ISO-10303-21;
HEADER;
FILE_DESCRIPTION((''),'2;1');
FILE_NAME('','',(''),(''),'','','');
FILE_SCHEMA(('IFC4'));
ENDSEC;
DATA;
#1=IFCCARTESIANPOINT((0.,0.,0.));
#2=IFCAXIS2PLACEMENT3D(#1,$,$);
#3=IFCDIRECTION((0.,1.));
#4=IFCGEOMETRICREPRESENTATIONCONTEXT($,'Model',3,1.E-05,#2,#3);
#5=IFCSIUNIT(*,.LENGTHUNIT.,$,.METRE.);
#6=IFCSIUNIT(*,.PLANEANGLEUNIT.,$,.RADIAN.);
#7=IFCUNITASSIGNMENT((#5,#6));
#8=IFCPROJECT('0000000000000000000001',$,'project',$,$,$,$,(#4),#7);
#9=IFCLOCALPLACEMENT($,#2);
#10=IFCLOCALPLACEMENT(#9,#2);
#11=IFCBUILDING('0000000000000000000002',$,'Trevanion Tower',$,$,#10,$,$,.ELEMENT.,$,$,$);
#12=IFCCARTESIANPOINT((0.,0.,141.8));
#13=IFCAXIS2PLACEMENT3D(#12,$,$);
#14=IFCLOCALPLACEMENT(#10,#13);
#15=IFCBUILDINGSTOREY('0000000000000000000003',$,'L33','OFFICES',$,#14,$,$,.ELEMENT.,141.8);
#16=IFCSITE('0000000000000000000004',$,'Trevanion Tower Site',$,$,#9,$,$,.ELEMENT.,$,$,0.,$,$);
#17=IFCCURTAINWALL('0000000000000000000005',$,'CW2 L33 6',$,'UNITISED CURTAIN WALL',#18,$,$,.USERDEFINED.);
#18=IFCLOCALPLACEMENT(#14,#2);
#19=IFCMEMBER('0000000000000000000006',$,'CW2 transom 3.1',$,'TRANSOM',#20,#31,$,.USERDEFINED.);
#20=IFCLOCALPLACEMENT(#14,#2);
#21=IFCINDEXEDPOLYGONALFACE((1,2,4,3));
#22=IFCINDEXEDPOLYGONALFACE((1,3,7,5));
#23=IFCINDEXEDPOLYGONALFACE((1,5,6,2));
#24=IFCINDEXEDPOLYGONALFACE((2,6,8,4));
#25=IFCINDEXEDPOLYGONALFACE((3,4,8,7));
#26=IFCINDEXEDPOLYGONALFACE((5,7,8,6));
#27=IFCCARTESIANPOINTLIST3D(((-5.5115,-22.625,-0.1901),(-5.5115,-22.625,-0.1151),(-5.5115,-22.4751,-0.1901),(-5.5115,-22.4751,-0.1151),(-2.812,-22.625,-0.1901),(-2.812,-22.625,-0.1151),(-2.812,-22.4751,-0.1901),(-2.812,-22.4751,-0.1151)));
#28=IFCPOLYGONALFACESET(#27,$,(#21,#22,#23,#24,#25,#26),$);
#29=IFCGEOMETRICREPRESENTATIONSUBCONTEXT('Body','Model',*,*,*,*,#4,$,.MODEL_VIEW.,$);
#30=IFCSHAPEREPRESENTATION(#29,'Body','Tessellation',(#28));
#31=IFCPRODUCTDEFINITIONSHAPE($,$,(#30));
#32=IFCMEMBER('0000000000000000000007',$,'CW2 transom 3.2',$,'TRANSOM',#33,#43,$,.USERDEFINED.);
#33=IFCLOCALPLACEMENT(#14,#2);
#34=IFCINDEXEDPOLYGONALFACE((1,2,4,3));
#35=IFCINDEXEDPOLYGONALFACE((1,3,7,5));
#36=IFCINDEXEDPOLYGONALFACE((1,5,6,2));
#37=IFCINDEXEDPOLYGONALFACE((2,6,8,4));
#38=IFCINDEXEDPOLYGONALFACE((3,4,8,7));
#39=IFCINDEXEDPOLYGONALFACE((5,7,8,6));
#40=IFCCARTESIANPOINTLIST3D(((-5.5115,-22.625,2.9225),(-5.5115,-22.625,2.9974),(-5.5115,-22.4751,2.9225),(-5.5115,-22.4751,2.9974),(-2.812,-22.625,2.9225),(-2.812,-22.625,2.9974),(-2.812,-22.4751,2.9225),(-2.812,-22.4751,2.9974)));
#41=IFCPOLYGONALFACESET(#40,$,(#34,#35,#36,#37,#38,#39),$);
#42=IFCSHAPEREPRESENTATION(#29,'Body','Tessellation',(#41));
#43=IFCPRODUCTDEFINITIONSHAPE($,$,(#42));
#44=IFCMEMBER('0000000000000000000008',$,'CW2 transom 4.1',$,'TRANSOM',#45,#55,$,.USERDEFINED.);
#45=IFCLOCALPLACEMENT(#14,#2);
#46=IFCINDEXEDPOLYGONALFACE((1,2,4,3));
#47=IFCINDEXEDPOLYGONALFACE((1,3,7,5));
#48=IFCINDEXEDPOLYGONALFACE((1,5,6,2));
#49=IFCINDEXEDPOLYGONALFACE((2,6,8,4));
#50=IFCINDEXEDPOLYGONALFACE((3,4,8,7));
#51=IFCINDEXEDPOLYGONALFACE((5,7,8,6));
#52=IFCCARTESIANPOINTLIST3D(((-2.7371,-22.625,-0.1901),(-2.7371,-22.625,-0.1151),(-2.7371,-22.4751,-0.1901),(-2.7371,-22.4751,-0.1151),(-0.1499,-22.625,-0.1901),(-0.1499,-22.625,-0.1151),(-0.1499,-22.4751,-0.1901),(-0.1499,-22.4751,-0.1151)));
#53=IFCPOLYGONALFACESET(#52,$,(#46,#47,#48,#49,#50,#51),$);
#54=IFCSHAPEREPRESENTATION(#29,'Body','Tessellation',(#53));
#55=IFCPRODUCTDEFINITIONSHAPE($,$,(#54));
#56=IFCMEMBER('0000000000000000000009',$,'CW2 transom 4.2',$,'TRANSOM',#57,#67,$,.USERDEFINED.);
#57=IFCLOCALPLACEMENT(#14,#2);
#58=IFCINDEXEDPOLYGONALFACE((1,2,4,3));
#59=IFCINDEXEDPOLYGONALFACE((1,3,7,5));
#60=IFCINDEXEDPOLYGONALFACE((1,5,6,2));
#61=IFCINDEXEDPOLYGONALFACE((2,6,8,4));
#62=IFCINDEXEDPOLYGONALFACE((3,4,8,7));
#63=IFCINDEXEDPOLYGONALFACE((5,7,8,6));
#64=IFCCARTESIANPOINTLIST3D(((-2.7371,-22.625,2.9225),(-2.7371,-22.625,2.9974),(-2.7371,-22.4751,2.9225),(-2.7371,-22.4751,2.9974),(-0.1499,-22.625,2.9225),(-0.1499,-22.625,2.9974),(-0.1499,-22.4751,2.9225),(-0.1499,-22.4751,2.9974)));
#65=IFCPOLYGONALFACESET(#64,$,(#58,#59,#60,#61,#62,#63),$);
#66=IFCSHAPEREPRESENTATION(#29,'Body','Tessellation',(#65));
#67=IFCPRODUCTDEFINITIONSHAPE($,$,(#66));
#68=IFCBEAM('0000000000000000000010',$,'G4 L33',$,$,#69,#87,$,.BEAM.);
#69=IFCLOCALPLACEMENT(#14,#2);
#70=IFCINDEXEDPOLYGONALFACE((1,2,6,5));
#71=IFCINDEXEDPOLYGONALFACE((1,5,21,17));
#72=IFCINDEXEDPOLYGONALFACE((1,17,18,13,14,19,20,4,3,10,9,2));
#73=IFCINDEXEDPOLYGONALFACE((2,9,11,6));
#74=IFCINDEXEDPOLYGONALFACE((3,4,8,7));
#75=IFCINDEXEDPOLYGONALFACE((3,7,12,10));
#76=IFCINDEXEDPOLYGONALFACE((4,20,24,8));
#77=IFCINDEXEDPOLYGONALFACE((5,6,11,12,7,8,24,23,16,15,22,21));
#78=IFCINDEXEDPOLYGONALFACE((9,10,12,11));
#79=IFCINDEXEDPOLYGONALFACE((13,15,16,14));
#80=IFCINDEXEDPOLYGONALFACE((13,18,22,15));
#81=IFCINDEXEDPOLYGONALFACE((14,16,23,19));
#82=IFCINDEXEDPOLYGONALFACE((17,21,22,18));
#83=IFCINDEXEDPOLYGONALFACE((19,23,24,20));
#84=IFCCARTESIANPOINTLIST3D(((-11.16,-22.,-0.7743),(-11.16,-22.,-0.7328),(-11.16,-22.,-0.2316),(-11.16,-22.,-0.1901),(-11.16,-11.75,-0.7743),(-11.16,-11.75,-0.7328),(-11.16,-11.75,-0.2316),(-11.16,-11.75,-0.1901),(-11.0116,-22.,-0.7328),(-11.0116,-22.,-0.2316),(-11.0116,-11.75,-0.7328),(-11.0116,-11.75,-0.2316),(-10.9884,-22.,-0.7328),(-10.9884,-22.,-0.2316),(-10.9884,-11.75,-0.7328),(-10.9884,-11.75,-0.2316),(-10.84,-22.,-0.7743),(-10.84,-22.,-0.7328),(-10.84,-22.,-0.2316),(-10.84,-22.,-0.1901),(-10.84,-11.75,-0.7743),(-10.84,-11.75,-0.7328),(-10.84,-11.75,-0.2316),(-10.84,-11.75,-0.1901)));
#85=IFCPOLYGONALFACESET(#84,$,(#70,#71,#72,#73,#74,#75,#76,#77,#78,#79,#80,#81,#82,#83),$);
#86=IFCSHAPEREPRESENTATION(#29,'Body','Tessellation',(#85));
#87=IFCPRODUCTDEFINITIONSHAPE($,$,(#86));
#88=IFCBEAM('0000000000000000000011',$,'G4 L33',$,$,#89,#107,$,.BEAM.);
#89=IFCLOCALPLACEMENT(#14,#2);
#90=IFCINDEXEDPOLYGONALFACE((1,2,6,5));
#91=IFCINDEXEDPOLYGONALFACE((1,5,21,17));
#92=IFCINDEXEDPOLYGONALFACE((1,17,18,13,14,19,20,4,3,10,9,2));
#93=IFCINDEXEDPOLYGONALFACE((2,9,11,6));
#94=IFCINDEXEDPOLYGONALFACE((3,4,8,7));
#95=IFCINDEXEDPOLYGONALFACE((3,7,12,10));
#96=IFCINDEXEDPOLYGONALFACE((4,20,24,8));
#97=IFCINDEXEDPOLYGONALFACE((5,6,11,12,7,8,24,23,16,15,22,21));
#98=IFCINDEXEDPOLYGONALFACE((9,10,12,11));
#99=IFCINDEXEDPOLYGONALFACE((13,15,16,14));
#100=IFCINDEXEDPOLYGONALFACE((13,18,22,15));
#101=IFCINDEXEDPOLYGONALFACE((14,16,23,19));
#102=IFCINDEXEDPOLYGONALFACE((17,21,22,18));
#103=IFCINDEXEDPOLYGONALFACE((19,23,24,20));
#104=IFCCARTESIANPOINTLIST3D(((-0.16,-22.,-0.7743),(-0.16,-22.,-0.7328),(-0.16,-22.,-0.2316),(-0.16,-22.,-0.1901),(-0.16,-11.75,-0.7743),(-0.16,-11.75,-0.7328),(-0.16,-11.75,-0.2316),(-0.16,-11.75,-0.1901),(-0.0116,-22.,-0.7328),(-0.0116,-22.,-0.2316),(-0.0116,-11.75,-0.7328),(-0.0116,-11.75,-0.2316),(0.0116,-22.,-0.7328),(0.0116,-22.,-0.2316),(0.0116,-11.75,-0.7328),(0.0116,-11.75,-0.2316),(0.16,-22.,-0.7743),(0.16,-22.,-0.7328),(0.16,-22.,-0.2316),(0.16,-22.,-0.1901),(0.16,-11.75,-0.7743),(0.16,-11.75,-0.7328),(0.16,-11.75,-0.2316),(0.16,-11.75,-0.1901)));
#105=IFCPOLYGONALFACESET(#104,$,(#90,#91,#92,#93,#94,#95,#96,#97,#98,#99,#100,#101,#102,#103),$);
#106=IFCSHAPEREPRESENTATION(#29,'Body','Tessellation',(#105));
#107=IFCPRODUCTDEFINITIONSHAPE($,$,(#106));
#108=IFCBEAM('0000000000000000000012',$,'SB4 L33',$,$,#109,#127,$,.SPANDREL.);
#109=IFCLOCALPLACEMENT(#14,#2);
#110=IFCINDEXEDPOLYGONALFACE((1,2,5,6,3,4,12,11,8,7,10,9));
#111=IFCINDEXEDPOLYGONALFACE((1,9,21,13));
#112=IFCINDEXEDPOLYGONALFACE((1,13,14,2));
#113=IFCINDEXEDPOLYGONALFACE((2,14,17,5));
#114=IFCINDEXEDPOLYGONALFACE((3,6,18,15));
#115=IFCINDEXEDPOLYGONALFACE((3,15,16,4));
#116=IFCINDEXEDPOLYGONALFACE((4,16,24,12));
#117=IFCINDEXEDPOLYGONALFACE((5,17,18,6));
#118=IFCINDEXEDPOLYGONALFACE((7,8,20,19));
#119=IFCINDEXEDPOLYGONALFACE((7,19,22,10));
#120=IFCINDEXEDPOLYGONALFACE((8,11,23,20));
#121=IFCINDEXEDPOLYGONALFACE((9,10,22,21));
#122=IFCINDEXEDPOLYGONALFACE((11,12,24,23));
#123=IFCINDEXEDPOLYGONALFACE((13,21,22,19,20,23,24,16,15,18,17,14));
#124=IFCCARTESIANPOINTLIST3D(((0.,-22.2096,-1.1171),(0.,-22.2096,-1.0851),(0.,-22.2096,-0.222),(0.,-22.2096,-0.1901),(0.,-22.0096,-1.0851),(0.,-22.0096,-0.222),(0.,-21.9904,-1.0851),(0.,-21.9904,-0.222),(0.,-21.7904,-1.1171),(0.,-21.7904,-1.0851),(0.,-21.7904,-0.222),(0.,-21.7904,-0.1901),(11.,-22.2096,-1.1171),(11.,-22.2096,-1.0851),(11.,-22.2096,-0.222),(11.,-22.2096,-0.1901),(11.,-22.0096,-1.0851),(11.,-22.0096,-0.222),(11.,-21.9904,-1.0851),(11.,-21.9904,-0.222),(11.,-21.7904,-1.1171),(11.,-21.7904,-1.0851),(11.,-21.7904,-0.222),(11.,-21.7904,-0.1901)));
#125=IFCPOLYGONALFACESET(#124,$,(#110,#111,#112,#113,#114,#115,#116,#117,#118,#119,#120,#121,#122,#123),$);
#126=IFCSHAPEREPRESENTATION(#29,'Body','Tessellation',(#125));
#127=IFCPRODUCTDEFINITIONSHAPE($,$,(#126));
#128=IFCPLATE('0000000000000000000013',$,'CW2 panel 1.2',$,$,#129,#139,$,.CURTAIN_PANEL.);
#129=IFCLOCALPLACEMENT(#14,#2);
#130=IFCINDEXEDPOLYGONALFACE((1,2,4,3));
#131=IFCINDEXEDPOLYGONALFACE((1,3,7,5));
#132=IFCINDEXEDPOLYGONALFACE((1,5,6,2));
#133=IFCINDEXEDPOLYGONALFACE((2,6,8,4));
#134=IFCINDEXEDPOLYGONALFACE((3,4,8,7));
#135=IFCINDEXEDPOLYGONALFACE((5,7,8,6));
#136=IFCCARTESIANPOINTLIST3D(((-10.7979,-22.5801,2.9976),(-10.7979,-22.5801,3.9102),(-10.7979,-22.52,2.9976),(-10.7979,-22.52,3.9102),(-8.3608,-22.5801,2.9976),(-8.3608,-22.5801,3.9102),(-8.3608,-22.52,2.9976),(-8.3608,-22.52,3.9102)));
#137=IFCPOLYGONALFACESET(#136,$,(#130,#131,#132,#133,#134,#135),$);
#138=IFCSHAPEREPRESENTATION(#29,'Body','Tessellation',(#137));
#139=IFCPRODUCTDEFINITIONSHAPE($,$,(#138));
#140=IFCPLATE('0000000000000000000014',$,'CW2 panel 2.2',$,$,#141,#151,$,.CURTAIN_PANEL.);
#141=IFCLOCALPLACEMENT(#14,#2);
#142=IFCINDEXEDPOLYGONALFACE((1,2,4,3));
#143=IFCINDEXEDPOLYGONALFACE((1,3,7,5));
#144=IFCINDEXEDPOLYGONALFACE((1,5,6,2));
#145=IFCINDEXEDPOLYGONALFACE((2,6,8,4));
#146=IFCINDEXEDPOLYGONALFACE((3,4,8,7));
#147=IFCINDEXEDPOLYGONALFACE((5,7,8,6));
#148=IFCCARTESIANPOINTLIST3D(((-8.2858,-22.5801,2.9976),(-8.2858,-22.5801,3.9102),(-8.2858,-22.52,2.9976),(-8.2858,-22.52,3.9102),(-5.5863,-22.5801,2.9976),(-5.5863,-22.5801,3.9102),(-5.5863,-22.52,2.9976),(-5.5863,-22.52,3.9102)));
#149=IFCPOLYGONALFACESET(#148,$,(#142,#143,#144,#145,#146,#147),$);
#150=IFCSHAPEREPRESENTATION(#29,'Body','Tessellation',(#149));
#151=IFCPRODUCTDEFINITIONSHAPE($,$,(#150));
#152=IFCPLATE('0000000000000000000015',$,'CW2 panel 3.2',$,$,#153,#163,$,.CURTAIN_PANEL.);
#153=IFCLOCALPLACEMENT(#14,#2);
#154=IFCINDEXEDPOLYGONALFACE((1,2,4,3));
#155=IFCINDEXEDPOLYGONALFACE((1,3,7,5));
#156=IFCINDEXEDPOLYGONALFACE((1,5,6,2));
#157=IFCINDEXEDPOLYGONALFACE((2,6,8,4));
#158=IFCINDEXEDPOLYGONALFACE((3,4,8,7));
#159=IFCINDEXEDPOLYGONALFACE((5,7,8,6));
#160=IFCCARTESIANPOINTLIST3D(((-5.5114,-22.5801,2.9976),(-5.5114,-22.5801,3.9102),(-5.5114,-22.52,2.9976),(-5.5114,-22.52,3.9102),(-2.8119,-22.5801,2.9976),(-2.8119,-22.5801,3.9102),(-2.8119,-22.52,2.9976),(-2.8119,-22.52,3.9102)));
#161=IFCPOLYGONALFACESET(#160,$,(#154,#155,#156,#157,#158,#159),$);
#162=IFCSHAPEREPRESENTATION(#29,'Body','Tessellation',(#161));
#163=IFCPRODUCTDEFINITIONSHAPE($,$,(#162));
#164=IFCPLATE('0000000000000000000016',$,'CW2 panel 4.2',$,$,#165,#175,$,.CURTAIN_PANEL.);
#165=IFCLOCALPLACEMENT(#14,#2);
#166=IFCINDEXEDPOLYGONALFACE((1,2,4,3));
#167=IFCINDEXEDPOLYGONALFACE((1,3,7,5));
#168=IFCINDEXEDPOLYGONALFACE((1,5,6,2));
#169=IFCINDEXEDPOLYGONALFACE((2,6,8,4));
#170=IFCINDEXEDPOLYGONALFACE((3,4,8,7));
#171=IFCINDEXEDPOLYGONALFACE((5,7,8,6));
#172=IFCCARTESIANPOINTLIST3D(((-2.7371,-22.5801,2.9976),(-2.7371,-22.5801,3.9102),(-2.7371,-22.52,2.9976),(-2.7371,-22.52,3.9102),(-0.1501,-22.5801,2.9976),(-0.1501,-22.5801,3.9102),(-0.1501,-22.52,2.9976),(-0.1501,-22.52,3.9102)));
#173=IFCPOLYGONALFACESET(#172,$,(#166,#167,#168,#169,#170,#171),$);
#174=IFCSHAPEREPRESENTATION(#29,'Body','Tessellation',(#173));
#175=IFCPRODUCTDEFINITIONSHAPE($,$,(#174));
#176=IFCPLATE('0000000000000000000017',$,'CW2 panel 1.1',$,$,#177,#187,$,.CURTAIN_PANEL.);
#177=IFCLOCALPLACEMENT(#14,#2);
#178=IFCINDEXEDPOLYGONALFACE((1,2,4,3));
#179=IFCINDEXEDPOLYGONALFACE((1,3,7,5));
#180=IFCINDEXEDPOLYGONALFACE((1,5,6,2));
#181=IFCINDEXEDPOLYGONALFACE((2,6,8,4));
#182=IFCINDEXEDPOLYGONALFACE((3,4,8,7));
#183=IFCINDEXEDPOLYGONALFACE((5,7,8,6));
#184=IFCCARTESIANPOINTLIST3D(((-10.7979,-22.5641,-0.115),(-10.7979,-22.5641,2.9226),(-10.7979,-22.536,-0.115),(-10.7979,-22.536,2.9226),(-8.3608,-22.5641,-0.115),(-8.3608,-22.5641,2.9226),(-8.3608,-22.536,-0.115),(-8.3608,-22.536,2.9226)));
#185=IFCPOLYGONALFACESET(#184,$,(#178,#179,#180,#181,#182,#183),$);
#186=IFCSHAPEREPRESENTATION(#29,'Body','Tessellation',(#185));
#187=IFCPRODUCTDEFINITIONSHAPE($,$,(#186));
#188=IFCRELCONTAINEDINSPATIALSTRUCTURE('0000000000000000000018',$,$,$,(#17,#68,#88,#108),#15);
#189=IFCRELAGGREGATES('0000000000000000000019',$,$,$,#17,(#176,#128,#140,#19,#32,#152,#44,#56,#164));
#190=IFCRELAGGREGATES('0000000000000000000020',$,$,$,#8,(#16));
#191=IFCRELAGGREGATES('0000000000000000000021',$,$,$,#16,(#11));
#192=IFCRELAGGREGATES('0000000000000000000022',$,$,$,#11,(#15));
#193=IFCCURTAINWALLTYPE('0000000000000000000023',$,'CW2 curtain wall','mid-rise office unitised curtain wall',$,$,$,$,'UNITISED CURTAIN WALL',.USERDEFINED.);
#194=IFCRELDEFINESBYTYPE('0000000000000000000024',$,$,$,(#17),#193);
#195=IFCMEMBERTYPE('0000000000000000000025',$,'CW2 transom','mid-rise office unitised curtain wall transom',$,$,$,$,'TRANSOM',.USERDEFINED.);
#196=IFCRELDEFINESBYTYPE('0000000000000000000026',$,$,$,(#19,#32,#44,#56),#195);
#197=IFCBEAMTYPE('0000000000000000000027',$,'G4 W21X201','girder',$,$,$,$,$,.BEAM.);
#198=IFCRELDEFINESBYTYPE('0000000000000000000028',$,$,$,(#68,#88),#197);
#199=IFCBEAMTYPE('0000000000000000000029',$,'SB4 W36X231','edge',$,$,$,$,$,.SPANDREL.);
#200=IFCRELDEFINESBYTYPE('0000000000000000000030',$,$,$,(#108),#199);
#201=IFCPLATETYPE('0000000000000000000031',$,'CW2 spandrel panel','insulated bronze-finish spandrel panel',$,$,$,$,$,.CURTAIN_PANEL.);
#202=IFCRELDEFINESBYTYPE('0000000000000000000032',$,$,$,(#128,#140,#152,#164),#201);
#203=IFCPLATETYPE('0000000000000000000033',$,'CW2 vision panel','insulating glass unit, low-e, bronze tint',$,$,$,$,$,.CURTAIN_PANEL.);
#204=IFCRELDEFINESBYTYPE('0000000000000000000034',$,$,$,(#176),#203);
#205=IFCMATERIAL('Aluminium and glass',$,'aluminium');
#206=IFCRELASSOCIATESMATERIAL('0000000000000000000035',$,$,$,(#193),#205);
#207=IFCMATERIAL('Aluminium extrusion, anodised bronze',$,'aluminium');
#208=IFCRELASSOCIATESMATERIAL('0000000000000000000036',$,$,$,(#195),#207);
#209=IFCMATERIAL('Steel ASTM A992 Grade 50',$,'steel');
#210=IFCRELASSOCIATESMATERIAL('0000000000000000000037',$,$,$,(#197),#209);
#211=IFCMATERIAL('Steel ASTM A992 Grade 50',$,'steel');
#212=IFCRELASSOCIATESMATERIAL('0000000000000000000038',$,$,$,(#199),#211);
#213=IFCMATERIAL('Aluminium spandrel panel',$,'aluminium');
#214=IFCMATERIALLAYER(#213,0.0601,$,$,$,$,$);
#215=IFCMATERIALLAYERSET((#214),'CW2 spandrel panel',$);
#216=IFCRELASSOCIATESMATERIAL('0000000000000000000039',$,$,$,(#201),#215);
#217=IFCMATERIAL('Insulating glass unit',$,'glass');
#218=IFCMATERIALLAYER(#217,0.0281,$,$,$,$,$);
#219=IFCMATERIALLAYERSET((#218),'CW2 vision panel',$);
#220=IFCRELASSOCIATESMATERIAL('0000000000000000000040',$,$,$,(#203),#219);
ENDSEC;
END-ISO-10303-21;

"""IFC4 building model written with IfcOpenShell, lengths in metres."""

from ifc_helpers import new_model, si_unit, direction, frame, origin, origin_2d, place, context, subcontext, project, spatial, rectangle, i_section, extrude, material, layer, layer_set, material_profile, profile_set, type_object, element, aggregate, save


model = new_model("IFC4")

# Units and contexts
model_context = context("Model", 3, precision=1e-05, world=origin(), true_north=direction((0.0, 1.0)))
body_context = subcontext(model_context, "Body", "Model", "MODEL_VIEW")
ifc_project = project(units=[si_unit("LENGTHUNIT", "METRE"), si_unit("PLANEANGLEUNIT", "RADIAN")], contexts=[model_context])

# Site, building, storey
site_placement = place(None, origin())
site = spatial("IfcSite", under=ifc_project, at=site_placement, Name="Trevanion Tower Site", CompositionType="ELEMENT", RefElevation=0.0)
building_placement = place(site_placement, origin())
building = spatial("IfcBuilding", under=site, at=building_placement, Name="Trevanion Tower", CompositionType="ELEMENT")
storey_placement = place(building_placement, frame((0.0, 0.0, 141.8)))
storey = spatial("IfcBuildingStorey", under=building, at=storey_placement, Name="L33", Description="OFFICES", CompositionType="ELEMENT", Elevation=141.8)

# Curtain wall, members
ifc_material_1 = material(Name="Aluminium and glass", Category="aluminium")
curtain_wall_type = type_object("IfcCurtainWallType", Name="CW2 curtain wall", Description="mid-rise office unitised curtain wall", ElementType="UNITISED CURTAIN WALL", PredefinedType="USERDEFINED", material=ifc_material_1)
curtain_wall_placement = place(storey_placement, origin())
curtain_wall = element("IfcCurtainWall", 1, at=curtain_wall_placement, inside=storey, type_object=curtain_wall_type, Name="CW2 L33 6", ObjectType="UNITISED CURTAIN WALL", PredefinedType="USERDEFINED")
ifc_material_2 = material(Name="Aluminium extrusion, anodised bronze", Category="aluminium")
ifc_material_profile_1 = material_profile(ifc_material_2, rectangle(XDim=0.1499, YDim=0.075, at=origin_2d()), Name="CW2 transom")
ifc_profile_set_1 = profile_set([ifc_material_profile_1], Name="Aluminium extrusion, anodised bronze")
member_type_1 = type_object("IfcMemberType", Name="CW2 transom", Description="mid-rise office unitised curtain wall transom", ElementType="TRANSOM", PredefinedType="USERDEFINED", material=ifc_profile_set_1)
member_1_placement = place(storey_placement, frame((-5.5115, -22.55, -0.1526), z_axis=(1.0, 0.0, 0.0), x_axis=(0.0, 1.0, 0.0)))
member_1 = element("IfcMember", 2, at=member_1_placement, type_object=member_type_1, Name="CW2 transom 3.1", ObjectType="TRANSOM", PredefinedType="USERDEFINED", context=body_context, shape_type="SweptSolid", body=[
    extrude(rectangle(XDim=0.1499, YDim=0.075, at=origin_2d()), origin(), (0.0, 0.0, 1.0), 2.6995),
])
member_2_placement = place(storey_placement, frame((-5.5115, -22.55, 2.96), z_axis=(1.0, 0.0, 0.0), x_axis=(0.0, 1.0, 0.0)))
member_2 = element("IfcMember", 3, at=member_2_placement, type_object=member_type_1, Name="CW2 transom 3.2", ObjectType="TRANSOM", PredefinedType="USERDEFINED", context=body_context, shape_type="SweptSolid", body=[
    extrude(rectangle(XDim=0.1499, YDim=0.075, at=origin_2d()), origin(), (0.0, 0.0, 1.0), 2.6995),
])
member_3_placement = place(storey_placement, frame((-2.7371, -22.55, -0.1526), z_axis=(1.0, 0.0, 0.0), x_axis=(0.0, 1.0, 0.0)))
member_3 = element("IfcMember", 4, at=member_3_placement, type_object=member_type_1, Name="CW2 transom 4.1", ObjectType="TRANSOM", PredefinedType="USERDEFINED", context=body_context, shape_type="SweptSolid", body=[
    extrude(rectangle(XDim=0.1499, YDim=0.075, at=origin_2d()), origin(), (0.0, 0.0, 1.0), 2.5872),
])
member_4_placement = place(storey_placement, frame((-2.7371, -22.55, 2.96), z_axis=(1.0, 0.0, 0.0), x_axis=(0.0, 1.0, 0.0)))
member_4 = element("IfcMember", 5, at=member_4_placement, type_object=member_type_1, Name="CW2 transom 4.2", ObjectType="TRANSOM", PredefinedType="USERDEFINED", context=body_context, shape_type="SweptSolid", body=[
    extrude(rectangle(XDim=0.1499, YDim=0.075, at=origin_2d()), origin(), (0.0, 0.0, 1.0), 2.5872),
])

# Beams
ifc_material_3 = material(Name="Steel ASTM A992 Grade 50", Category="steel")
ifc_material_profile_2 = material_profile(ifc_material_3, i_section(OverallWidth=0.3201, OverallDepth=0.5842, WebThickness=0.0232, FlangeThickness=0.0415, at=origin_2d()), Name="W21X201")
ifc_profile_set_2 = profile_set([ifc_material_profile_2], Name="Steel ASTM A992 Grade 50")
beam_type_1 = type_object("IfcBeamType", Name="G4 W21X201", Description="girder", PredefinedType="BEAM", material=ifc_profile_set_2)
for number, where, z_axis, x_axis, name in (
    (6, (-11.0, -11.75, -0.4822), (0.0, -1.0, 0.0), (1.0, 0.0, 0.0), "G4 L33"),
    (7, (0.0, -11.75, -0.4822), (0.0, -1.0, 0.0), (1.0, 0.0, 0.0), "G4 L33"),
):
    element("IfcBeam", number, at=place(storey_placement, frame(where, z_axis=z_axis, x_axis=x_axis)), inside=storey, type_object=beam_type_1, Name=name, PredefinedType="BEAM", context=body_context, shape_type="SweptSolid", body=[
        extrude(i_section(OverallWidth=0.3201, OverallDepth=0.5842, WebThickness=0.0232, FlangeThickness=0.0415, at=origin_2d()), origin(), (0.0, 0.0, 1.0), 10.25),
    ])
ifc_material_4 = material(Name="Steel ASTM A992 Grade 50", Category="steel")
ifc_material_profile_3 = material_profile(ifc_material_4, i_section(OverallWidth=0.4192, OverallDepth=0.927, WebThickness=0.0193, FlangeThickness=0.032, at=origin_2d()), Name="W36X231")
ifc_profile_set_3 = profile_set([ifc_material_profile_3], Name="Steel ASTM A992 Grade 50")
beam_type_2 = type_object("IfcBeamType", Name="SB4 W36X231", Description="edge", PredefinedType="SPANDREL", material=ifc_profile_set_3)
beam_placement = place(storey_placement, frame((0.0, -22.0, -0.6536), z_axis=(1.0, 0.0, 0.0), x_axis=(0.0, 1.0, 0.0)))
element("IfcBeam", 8, at=beam_placement, inside=storey, type_object=beam_type_2, Name="SB4 L33", PredefinedType="SPANDREL", context=body_context, shape_type="SweptSolid", body=[
    extrude(i_section(OverallWidth=0.4192, OverallDepth=0.927, WebThickness=0.0193, FlangeThickness=0.032, at=origin_2d()), origin(), (0.0, 0.0, 1.0), 11.0),
])

# Plates
ifc_material_5 = material(Name="Aluminium spandrel panel", Category="aluminium")
ifc_layer_1 = layer(ifc_material_5, 0.0601)
ifc_layer_set_1 = layer_set([ifc_layer_1], Name="CW2 spandrel panel")
plate_type_1 = type_object("IfcPlateType", Name="CW2 spandrel panel", Description="insulated bronze-finish spandrel panel", PredefinedType="CURTAIN_PANEL", material=ifc_layer_set_1)
plate_1_placement = place(storey_placement, frame((-9.5793, -22.55, 2.9976), z_axis=(0.0, 0.0, 1.0), x_axis=(1.0, 0.0, 0.0)))
plate_1 = element("IfcPlate", 9, at=plate_1_placement, type_object=plate_type_1, Name="CW2 panel 1.2", PredefinedType="CURTAIN_PANEL", context=body_context, shape_type="SweptSolid", body=[
    extrude(rectangle(XDim=2.437, YDim=0.0601, at=origin_2d()), origin(), (0.0, 0.0, 1.0), 0.9126),
])
plate_2_placement = place(storey_placement, frame((-6.936, -22.55, 2.9976), z_axis=(0.0, 0.0, 1.0), x_axis=(1.0, 0.0, 0.0)))
plate_2 = element("IfcPlate", 10, at=plate_2_placement, type_object=plate_type_1, Name="CW2 panel 2.2", PredefinedType="CURTAIN_PANEL", context=body_context, shape_type="SweptSolid", body=[
    extrude(rectangle(XDim=2.6995, YDim=0.0601, at=origin_2d()), origin(), (0.0, 0.0, 1.0), 0.9126),
])
plate_3_placement = place(storey_placement, frame((-4.1616, -22.55, 2.9976), z_axis=(0.0, 0.0, 1.0), x_axis=(1.0, 0.0, 0.0)))
plate_3 = element("IfcPlate", 11, at=plate_3_placement, type_object=plate_type_1, Name="CW2 panel 3.2", PredefinedType="CURTAIN_PANEL", context=body_context, shape_type="SweptSolid", body=[
    extrude(rectangle(XDim=2.6995, YDim=0.0601, at=origin_2d()), origin(), (0.0, 0.0, 1.0), 0.9126),
])
plate_4_placement = place(storey_placement, frame((-1.4436, -22.55, 2.9976), z_axis=(0.0, 0.0, 1.0), x_axis=(1.0, 0.0, 0.0)))
plate_4 = element("IfcPlate", 12, at=plate_4_placement, type_object=plate_type_1, Name="CW2 panel 4.2", PredefinedType="CURTAIN_PANEL", context=body_context, shape_type="SweptSolid", body=[
    extrude(rectangle(XDim=2.5869, YDim=0.0601, at=origin_2d()), origin(), (0.0, 0.0, 1.0), 0.9126),
])
ifc_material_6 = material(Name="Insulating glass unit", Category="glass")
ifc_layer_2 = layer(ifc_material_6, 0.0281)
ifc_layer_set_2 = layer_set([ifc_layer_2], Name="CW2 vision panel")
plate_type_2 = type_object("IfcPlateType", Name="CW2 vision panel", Description="insulating glass unit, low-e, bronze tint", PredefinedType="CURTAIN_PANEL", material=ifc_layer_set_2)
plate_5_placement = place(storey_placement, frame((-9.5793, -22.55, -0.115), z_axis=(0.0, 0.0, 1.0), x_axis=(1.0, 0.0, 0.0)))
plate_5 = element("IfcPlate", 13, at=plate_5_placement, type_object=plate_type_2, Name="CW2 panel 1.1", PredefinedType="CURTAIN_PANEL", context=body_context, shape_type="SweptSolid", body=[
    extrude(rectangle(XDim=2.437, YDim=0.0281, at=origin_2d()), origin(), (0.0, 0.0, 1.0), 3.0376),
])
aggregate(curtain_wall, [plate_5, plate_1, plate_2, member_1, member_2, plate_3, member_3, member_4, plate_4])

save(model, "model.ifc")
